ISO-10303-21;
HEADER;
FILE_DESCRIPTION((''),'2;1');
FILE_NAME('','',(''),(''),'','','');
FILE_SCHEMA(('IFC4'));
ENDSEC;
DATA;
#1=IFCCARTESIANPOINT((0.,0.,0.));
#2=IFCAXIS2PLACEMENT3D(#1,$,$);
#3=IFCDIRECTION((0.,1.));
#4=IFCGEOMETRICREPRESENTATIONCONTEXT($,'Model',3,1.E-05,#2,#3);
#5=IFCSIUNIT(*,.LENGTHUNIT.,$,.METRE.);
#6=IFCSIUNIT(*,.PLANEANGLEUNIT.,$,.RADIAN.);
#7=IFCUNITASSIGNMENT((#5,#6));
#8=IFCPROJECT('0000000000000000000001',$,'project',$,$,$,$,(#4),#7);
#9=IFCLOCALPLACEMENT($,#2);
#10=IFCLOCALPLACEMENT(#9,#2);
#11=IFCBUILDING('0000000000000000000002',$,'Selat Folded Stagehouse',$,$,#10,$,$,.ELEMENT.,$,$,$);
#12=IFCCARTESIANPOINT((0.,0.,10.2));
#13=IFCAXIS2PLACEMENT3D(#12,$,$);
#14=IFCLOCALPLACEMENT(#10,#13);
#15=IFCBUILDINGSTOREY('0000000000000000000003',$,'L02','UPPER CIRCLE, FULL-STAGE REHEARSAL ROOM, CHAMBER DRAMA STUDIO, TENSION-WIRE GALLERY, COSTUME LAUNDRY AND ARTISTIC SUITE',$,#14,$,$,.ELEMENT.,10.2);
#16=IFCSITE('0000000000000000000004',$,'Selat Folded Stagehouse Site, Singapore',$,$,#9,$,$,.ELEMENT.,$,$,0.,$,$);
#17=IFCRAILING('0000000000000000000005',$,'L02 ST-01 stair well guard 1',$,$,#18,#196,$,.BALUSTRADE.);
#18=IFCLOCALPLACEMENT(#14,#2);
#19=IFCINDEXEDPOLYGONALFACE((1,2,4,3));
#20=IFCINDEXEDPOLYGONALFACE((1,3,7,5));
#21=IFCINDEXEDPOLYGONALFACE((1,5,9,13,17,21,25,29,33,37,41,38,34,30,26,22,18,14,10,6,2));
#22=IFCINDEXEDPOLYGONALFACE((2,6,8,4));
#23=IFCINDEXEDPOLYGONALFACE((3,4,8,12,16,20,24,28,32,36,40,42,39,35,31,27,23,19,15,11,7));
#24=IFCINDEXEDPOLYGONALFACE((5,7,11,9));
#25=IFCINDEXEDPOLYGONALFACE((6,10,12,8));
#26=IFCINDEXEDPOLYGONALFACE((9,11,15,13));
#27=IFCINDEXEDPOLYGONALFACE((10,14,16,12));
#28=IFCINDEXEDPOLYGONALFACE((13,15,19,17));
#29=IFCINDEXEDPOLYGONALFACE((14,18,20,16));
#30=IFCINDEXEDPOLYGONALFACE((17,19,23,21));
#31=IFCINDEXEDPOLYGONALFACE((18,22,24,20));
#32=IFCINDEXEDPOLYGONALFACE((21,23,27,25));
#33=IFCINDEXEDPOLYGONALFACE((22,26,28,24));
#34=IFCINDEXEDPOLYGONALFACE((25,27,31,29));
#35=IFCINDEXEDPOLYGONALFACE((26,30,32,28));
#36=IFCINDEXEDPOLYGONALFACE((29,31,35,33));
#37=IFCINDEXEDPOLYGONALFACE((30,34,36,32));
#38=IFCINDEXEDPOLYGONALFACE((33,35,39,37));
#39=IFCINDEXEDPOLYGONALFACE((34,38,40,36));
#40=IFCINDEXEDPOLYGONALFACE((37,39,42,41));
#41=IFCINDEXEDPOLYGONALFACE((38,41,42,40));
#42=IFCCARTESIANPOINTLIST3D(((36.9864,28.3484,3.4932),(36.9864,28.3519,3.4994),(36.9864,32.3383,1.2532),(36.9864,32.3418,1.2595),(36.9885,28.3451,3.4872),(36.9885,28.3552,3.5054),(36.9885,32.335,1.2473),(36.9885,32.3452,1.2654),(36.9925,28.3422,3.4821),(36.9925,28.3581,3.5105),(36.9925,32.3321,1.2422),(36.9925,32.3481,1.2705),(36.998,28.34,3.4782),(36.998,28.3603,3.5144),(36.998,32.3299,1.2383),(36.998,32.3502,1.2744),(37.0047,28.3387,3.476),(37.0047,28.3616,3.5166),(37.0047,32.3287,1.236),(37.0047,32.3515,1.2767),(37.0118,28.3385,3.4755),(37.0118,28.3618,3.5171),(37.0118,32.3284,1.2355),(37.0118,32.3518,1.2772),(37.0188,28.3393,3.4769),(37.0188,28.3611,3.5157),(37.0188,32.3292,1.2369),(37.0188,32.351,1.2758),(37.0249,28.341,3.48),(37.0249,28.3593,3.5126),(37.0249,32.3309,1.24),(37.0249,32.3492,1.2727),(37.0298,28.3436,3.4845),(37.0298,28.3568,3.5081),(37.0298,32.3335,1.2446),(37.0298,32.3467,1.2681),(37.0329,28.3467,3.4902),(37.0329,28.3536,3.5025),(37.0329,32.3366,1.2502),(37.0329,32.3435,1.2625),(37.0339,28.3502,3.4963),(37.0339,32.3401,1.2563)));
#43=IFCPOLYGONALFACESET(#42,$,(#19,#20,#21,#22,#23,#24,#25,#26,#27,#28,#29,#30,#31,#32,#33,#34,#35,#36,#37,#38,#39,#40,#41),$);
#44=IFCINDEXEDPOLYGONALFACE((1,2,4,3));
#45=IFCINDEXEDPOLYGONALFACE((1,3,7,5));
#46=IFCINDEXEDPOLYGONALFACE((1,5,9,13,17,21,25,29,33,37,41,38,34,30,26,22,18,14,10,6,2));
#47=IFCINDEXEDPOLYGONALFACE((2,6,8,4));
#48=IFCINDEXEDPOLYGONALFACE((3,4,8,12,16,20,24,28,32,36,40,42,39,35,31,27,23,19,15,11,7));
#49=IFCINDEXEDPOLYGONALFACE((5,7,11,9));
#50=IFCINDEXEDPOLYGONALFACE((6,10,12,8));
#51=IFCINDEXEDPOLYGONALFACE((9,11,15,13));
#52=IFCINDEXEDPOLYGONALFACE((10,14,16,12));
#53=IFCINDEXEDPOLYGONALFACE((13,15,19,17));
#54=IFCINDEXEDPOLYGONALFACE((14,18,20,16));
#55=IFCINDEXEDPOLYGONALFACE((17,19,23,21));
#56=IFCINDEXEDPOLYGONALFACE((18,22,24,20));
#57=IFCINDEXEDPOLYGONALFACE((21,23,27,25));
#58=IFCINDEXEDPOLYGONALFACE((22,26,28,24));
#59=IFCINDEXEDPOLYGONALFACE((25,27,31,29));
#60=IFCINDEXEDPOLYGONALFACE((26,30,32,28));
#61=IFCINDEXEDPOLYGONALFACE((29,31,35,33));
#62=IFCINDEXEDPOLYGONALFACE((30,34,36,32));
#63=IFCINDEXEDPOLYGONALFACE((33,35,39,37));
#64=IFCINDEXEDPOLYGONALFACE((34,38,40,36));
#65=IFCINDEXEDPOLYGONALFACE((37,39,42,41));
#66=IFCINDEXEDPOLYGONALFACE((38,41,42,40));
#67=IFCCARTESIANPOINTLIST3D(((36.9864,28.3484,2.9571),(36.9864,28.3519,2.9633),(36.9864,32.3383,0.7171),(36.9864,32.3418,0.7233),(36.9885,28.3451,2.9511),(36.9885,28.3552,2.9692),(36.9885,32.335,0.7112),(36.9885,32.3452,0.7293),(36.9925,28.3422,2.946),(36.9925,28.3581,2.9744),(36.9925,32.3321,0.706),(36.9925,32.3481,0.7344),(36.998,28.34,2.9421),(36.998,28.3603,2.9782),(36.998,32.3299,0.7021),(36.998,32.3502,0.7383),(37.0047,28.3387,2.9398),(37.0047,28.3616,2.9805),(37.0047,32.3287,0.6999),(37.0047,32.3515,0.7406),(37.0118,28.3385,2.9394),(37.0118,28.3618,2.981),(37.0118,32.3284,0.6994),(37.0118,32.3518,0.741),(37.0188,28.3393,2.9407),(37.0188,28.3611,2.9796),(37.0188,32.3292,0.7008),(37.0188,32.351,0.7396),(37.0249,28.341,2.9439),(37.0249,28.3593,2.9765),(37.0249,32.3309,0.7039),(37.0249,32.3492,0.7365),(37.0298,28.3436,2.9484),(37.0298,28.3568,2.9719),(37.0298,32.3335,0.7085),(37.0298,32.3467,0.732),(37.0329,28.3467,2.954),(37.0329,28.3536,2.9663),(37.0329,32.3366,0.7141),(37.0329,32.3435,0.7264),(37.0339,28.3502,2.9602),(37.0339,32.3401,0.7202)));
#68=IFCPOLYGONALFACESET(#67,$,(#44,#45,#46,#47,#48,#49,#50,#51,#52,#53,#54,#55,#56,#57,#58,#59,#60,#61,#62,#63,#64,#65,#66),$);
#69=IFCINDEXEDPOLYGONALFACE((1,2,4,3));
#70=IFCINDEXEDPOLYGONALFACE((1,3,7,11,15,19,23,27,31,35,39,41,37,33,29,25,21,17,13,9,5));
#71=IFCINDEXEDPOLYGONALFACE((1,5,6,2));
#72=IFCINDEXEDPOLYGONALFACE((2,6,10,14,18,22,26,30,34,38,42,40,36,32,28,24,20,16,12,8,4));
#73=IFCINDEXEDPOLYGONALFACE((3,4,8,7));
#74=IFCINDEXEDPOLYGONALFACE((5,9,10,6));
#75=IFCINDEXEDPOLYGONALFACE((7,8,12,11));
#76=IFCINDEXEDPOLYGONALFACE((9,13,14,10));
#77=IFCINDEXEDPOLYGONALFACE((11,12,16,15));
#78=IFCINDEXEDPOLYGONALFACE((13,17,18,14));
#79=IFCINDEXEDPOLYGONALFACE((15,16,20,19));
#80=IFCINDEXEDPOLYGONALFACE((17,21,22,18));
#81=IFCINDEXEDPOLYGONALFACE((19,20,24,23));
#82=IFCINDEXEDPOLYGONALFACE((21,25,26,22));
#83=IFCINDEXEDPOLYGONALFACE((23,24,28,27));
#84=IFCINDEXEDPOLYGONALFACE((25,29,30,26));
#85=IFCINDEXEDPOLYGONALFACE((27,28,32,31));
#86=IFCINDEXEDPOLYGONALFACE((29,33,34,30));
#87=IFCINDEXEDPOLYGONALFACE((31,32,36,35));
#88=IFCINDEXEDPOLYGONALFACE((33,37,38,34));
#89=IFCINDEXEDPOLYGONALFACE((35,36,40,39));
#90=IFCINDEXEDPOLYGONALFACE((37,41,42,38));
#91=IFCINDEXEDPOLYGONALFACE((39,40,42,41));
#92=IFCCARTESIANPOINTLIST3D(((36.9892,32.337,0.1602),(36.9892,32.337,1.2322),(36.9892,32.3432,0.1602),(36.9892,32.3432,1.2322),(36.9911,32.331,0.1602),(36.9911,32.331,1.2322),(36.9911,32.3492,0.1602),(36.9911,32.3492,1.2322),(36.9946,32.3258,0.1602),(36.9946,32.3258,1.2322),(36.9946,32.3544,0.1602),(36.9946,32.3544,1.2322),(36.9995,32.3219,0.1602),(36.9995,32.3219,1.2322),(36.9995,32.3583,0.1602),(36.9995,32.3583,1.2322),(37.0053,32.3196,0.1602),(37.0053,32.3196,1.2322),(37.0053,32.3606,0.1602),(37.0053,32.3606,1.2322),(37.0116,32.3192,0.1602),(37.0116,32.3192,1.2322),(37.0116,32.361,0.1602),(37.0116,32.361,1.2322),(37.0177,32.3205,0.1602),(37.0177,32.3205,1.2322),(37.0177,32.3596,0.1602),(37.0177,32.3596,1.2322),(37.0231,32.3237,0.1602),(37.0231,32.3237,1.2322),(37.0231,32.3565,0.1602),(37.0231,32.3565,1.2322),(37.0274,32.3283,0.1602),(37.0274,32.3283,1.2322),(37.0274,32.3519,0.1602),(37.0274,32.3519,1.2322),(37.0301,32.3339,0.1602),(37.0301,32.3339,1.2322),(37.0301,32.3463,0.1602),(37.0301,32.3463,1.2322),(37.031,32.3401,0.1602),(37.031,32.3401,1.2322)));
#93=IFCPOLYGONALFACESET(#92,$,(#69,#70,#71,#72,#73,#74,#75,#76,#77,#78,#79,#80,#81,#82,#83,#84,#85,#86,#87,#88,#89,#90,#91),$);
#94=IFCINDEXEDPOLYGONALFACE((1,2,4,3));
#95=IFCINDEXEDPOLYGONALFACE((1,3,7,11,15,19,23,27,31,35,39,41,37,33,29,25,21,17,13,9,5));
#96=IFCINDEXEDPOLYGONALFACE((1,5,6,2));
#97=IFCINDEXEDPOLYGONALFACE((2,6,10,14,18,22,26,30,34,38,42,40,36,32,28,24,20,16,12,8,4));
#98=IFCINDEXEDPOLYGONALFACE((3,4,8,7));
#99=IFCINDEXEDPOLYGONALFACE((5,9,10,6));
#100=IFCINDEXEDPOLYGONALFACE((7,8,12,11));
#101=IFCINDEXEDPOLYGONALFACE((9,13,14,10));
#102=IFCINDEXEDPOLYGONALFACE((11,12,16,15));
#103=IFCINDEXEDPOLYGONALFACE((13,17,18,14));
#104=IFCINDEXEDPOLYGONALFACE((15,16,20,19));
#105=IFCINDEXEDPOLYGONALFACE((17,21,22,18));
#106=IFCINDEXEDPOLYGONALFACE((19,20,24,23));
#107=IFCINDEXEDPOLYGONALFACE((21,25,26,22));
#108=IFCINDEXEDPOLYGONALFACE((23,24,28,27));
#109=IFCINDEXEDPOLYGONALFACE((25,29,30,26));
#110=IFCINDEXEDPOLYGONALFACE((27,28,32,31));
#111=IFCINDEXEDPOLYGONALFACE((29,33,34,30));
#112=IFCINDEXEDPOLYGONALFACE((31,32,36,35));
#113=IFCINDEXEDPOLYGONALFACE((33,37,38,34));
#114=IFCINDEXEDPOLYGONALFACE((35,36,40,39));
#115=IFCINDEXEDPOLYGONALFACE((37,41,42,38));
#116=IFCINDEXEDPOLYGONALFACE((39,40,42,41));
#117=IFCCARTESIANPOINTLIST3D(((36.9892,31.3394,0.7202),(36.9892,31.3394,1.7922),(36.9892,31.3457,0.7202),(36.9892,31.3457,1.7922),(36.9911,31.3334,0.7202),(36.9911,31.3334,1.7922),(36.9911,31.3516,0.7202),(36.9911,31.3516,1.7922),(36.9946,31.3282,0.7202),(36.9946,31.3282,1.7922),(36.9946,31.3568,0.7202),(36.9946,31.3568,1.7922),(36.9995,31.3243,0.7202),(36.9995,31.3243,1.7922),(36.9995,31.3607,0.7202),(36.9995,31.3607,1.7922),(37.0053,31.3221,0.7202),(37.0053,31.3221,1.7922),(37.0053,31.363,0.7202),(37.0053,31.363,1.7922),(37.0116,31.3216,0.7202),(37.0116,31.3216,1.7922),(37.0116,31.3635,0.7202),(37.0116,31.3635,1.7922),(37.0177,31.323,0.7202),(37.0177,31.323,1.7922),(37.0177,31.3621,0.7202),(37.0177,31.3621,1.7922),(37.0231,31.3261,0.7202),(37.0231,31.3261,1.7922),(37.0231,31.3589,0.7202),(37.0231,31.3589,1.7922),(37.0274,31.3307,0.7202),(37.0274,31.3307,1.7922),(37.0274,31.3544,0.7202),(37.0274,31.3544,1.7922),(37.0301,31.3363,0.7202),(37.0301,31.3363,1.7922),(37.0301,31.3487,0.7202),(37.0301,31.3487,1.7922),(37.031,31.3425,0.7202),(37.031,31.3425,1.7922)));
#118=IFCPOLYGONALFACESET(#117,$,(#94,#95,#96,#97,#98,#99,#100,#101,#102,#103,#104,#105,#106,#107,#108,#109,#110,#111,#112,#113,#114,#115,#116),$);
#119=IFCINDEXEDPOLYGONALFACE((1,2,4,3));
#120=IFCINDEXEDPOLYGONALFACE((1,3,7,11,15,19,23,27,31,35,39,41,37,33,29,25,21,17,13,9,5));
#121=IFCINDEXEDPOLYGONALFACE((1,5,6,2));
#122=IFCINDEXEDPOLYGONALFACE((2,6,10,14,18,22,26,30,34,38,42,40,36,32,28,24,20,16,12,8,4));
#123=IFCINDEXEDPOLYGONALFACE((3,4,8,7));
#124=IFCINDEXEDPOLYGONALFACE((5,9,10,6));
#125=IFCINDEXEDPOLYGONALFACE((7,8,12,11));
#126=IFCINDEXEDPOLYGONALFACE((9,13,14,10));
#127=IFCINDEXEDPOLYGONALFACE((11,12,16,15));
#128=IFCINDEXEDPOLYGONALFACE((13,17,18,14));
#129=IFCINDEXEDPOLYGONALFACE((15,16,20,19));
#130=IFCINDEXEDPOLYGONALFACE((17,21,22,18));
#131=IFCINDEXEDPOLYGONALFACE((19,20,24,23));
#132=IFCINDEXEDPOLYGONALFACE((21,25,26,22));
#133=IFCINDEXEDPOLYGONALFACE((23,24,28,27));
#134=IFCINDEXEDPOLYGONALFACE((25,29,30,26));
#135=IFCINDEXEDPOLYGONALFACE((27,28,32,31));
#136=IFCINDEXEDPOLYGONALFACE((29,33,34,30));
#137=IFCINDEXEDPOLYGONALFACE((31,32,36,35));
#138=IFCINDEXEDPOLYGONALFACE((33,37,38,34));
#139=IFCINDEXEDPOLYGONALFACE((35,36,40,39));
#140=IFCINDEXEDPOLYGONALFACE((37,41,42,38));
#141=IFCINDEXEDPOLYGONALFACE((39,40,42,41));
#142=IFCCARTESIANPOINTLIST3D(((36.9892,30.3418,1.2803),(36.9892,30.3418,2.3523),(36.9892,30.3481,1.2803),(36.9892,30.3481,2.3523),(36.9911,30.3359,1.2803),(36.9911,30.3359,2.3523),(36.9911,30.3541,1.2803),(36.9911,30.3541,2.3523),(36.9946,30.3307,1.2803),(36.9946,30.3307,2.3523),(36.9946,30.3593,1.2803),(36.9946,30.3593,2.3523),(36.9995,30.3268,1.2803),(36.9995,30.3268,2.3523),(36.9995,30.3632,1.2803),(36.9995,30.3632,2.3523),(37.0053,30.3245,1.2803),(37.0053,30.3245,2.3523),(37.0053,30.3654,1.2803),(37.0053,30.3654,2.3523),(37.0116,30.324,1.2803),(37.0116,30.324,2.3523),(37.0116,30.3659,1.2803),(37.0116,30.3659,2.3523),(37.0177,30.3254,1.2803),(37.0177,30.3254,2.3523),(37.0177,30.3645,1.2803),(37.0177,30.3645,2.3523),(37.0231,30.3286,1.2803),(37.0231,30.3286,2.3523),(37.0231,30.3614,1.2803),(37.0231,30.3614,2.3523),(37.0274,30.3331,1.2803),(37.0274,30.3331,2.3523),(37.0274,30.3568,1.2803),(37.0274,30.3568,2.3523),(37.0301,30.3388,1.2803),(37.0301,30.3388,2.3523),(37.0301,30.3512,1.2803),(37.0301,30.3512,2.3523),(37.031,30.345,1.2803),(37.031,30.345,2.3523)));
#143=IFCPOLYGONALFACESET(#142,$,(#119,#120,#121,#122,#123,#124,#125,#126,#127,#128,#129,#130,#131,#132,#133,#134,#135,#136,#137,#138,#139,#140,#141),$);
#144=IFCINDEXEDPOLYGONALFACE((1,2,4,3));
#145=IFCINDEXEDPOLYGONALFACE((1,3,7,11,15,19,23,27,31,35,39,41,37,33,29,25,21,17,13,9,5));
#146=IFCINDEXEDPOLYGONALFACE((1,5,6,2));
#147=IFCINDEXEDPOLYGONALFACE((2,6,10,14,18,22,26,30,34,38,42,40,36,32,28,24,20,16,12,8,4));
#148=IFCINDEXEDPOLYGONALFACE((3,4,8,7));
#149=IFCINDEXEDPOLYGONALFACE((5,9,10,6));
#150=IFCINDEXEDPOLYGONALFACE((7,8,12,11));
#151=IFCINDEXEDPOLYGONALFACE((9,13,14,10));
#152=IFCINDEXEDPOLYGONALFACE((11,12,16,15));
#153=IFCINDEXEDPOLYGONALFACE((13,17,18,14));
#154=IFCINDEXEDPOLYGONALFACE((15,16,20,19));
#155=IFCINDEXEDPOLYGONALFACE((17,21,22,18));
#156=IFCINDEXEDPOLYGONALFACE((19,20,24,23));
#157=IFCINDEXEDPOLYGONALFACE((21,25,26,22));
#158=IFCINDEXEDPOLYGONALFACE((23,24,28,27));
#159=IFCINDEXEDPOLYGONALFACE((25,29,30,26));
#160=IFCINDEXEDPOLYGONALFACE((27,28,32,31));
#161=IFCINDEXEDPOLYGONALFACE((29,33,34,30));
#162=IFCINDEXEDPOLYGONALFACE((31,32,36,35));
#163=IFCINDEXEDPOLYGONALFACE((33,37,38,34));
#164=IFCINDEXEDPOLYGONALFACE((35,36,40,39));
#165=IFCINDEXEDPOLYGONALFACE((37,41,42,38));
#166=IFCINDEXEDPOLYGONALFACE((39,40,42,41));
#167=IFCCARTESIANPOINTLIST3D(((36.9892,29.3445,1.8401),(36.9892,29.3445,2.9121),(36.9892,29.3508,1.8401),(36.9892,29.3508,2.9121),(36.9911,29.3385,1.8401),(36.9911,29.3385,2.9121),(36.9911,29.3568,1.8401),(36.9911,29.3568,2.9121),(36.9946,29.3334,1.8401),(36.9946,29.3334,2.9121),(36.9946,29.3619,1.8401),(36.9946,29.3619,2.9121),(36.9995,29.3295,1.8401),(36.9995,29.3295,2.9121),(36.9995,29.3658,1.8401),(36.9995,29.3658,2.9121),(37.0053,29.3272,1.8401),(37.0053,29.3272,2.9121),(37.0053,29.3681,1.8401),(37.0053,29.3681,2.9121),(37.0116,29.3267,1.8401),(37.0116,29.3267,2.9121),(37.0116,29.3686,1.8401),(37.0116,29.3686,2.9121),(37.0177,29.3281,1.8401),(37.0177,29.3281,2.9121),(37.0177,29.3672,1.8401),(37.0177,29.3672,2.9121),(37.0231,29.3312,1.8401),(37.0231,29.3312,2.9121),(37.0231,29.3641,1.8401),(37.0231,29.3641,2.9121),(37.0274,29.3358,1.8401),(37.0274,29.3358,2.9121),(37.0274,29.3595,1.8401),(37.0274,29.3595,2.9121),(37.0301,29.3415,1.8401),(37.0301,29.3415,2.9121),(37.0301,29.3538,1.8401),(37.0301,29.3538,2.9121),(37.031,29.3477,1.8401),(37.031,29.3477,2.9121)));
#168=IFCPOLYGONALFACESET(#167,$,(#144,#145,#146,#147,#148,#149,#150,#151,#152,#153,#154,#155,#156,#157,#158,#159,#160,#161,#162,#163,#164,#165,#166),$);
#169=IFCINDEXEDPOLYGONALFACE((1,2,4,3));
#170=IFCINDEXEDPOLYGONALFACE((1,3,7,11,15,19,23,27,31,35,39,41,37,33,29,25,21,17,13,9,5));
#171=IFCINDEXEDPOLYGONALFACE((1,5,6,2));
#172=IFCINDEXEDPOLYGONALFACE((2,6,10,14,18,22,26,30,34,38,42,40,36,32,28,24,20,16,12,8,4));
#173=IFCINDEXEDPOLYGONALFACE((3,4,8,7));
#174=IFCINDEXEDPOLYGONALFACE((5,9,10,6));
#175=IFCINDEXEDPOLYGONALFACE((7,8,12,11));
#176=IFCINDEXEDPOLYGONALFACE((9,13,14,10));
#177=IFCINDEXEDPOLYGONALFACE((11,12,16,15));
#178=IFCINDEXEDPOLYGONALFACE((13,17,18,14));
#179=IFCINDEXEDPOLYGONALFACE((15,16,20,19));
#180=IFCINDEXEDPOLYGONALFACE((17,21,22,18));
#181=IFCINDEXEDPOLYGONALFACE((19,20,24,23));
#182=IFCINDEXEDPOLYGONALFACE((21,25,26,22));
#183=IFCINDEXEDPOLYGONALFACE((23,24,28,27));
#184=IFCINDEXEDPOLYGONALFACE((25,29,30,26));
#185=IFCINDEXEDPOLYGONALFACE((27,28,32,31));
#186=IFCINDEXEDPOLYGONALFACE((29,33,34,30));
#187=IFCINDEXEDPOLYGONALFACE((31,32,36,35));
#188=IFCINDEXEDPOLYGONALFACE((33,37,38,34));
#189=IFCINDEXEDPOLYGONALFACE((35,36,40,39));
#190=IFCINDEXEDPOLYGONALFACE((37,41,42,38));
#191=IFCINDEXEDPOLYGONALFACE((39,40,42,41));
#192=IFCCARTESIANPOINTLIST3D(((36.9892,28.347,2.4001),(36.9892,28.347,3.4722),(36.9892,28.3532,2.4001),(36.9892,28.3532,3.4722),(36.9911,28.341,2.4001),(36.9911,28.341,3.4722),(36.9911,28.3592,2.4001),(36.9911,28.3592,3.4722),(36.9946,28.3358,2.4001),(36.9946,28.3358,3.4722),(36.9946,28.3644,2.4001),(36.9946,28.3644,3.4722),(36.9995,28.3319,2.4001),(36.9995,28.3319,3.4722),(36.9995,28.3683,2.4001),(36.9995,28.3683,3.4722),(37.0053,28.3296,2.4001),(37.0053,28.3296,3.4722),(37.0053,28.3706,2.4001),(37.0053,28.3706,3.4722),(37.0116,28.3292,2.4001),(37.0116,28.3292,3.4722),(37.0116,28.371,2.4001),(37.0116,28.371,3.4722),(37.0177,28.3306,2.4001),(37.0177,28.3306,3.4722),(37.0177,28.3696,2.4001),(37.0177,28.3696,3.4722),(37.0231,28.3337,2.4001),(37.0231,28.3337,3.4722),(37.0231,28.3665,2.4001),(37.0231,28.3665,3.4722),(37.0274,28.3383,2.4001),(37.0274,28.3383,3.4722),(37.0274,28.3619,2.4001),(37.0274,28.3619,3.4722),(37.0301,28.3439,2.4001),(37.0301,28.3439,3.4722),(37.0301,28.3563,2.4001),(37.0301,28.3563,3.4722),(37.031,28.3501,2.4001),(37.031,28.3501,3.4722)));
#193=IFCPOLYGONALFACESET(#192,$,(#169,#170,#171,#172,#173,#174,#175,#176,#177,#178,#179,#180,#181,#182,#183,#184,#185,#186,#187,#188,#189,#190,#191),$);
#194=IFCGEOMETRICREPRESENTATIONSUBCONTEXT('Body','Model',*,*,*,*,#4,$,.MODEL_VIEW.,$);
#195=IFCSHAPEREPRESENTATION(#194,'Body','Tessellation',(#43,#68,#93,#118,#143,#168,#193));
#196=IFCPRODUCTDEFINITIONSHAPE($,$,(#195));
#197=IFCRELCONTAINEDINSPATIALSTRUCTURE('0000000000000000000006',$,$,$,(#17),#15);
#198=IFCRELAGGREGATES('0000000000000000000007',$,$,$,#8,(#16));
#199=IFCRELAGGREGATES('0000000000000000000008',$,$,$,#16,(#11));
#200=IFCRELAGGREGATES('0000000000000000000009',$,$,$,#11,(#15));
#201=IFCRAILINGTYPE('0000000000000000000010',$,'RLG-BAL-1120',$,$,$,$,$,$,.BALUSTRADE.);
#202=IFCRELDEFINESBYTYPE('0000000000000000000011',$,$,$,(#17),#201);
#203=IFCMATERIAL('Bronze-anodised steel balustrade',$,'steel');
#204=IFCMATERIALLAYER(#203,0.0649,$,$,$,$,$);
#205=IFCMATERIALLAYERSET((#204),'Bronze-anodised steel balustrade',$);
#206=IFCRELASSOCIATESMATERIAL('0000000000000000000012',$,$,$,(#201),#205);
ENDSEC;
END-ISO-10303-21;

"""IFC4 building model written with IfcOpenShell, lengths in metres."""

from ifc_helpers import new_model, si_unit, direction, frame, origin, origin_2d, place, context, subcontext, project, spatial, circle, extrude, material, layer, layer_set, type_object, element, save


model = new_model("IFC4")

# Units and contexts
model_context = context("Model", 3, precision=1e-05, world=origin(), true_north=direction((0.0, 1.0)))
body_context = subcontext(model_context, "Body", "Model", "MODEL_VIEW")
ifc_project = project(units=[si_unit("LENGTHUNIT", "METRE"), si_unit("PLANEANGLEUNIT", "RADIAN")], contexts=[model_context])

# Site, building, storey
site_placement = place(None, origin())
site = spatial("IfcSite", under=ifc_project, at=site_placement, Name="Selat Folded Stagehouse Site, Singapore", CompositionType="ELEMENT", RefElevation=0.0)
building_placement = place(site_placement, origin())
building = spatial("IfcBuilding", under=site, at=building_placement, Name="Selat Folded Stagehouse", CompositionType="ELEMENT")
storey_placement = place(building_placement, frame((0.0, 0.0, 10.2)))
storey = spatial("IfcBuildingStorey", under=building, at=storey_placement, Name="L02", Description="UPPER CIRCLE, FULL-STAGE REHEARSAL ROOM, CHAMBER DRAMA STUDIO, TENSION-WIRE GALLERY, COSTUME LAUNDRY AND ARTISTIC SUITE", CompositionType="ELEMENT", Elevation=10.2)

# Railing
ifc_material_1 = material(Name="Bronze-anodised steel balustrade", Category="steel")
ifc_layer_1 = layer(ifc_material_1, 0.0649)
ifc_layer_set_1 = layer_set([ifc_layer_1], Name="Bronze-anodised steel balustrade")
railing_type_1 = type_object("IfcRailingType", Name="RLG-BAL-1120", PredefinedType="BALUSTRADE", material=ifc_layer_set_1)
railing_1_placement = place(storey_placement, frame((37.01, 32.3401, 0.1602)))
element("IfcRailing", 1, at=railing_1_placement, inside=storey, type_object=railing_type_1, Name="L02 ST-01 stair well guard 1", PredefinedType="BALUSTRADE", context=body_context, shape_type="SweptSolid", body=[
    extrude(circle(Radius=0.0239, at=origin_2d()), frame((0.0, 0.0, 1.0962), z_axis=(0.0, -0.871984, 0.489534), x_axis=(1.0, 0.0, 0.0)), (0.0, 0.0, 1.0), 4.5757),
    extrude(circle(Radius=0.0239, at=origin_2d()), frame((0.0, 0.0, 0.5601), z_axis=(0.0, -0.871984, 0.489534), x_axis=(1.0, 0.0, 0.0)), (0.0, 0.0, 1.0), 4.5757),
    extrude(circle(Radius=0.021, at=origin_2d()), origin(), (0.0, 0.0, 1.0), 1.072),
    extrude(circle(Radius=0.021, at=origin_2d()), frame((0.0, -0.9976, 0.5601)), (0.0, 0.0, 1.0), 1.072),
    extrude(circle(Radius=0.021, at=origin_2d()), frame((0.0, -1.9951, 1.1201)), (0.0, 0.0, 1.0), 1.072),
    extrude(circle(Radius=0.021, at=origin_2d()), frame((0.0, -2.9924, 1.6799)), (0.0, 0.0, 1.0), 1.072),
    extrude(circle(Radius=0.021, at=origin_2d()), frame((0.0, -3.99, 2.24)), (0.0, 0.0, 1.0), 1.072),
])

save(model, "model.ifc")
